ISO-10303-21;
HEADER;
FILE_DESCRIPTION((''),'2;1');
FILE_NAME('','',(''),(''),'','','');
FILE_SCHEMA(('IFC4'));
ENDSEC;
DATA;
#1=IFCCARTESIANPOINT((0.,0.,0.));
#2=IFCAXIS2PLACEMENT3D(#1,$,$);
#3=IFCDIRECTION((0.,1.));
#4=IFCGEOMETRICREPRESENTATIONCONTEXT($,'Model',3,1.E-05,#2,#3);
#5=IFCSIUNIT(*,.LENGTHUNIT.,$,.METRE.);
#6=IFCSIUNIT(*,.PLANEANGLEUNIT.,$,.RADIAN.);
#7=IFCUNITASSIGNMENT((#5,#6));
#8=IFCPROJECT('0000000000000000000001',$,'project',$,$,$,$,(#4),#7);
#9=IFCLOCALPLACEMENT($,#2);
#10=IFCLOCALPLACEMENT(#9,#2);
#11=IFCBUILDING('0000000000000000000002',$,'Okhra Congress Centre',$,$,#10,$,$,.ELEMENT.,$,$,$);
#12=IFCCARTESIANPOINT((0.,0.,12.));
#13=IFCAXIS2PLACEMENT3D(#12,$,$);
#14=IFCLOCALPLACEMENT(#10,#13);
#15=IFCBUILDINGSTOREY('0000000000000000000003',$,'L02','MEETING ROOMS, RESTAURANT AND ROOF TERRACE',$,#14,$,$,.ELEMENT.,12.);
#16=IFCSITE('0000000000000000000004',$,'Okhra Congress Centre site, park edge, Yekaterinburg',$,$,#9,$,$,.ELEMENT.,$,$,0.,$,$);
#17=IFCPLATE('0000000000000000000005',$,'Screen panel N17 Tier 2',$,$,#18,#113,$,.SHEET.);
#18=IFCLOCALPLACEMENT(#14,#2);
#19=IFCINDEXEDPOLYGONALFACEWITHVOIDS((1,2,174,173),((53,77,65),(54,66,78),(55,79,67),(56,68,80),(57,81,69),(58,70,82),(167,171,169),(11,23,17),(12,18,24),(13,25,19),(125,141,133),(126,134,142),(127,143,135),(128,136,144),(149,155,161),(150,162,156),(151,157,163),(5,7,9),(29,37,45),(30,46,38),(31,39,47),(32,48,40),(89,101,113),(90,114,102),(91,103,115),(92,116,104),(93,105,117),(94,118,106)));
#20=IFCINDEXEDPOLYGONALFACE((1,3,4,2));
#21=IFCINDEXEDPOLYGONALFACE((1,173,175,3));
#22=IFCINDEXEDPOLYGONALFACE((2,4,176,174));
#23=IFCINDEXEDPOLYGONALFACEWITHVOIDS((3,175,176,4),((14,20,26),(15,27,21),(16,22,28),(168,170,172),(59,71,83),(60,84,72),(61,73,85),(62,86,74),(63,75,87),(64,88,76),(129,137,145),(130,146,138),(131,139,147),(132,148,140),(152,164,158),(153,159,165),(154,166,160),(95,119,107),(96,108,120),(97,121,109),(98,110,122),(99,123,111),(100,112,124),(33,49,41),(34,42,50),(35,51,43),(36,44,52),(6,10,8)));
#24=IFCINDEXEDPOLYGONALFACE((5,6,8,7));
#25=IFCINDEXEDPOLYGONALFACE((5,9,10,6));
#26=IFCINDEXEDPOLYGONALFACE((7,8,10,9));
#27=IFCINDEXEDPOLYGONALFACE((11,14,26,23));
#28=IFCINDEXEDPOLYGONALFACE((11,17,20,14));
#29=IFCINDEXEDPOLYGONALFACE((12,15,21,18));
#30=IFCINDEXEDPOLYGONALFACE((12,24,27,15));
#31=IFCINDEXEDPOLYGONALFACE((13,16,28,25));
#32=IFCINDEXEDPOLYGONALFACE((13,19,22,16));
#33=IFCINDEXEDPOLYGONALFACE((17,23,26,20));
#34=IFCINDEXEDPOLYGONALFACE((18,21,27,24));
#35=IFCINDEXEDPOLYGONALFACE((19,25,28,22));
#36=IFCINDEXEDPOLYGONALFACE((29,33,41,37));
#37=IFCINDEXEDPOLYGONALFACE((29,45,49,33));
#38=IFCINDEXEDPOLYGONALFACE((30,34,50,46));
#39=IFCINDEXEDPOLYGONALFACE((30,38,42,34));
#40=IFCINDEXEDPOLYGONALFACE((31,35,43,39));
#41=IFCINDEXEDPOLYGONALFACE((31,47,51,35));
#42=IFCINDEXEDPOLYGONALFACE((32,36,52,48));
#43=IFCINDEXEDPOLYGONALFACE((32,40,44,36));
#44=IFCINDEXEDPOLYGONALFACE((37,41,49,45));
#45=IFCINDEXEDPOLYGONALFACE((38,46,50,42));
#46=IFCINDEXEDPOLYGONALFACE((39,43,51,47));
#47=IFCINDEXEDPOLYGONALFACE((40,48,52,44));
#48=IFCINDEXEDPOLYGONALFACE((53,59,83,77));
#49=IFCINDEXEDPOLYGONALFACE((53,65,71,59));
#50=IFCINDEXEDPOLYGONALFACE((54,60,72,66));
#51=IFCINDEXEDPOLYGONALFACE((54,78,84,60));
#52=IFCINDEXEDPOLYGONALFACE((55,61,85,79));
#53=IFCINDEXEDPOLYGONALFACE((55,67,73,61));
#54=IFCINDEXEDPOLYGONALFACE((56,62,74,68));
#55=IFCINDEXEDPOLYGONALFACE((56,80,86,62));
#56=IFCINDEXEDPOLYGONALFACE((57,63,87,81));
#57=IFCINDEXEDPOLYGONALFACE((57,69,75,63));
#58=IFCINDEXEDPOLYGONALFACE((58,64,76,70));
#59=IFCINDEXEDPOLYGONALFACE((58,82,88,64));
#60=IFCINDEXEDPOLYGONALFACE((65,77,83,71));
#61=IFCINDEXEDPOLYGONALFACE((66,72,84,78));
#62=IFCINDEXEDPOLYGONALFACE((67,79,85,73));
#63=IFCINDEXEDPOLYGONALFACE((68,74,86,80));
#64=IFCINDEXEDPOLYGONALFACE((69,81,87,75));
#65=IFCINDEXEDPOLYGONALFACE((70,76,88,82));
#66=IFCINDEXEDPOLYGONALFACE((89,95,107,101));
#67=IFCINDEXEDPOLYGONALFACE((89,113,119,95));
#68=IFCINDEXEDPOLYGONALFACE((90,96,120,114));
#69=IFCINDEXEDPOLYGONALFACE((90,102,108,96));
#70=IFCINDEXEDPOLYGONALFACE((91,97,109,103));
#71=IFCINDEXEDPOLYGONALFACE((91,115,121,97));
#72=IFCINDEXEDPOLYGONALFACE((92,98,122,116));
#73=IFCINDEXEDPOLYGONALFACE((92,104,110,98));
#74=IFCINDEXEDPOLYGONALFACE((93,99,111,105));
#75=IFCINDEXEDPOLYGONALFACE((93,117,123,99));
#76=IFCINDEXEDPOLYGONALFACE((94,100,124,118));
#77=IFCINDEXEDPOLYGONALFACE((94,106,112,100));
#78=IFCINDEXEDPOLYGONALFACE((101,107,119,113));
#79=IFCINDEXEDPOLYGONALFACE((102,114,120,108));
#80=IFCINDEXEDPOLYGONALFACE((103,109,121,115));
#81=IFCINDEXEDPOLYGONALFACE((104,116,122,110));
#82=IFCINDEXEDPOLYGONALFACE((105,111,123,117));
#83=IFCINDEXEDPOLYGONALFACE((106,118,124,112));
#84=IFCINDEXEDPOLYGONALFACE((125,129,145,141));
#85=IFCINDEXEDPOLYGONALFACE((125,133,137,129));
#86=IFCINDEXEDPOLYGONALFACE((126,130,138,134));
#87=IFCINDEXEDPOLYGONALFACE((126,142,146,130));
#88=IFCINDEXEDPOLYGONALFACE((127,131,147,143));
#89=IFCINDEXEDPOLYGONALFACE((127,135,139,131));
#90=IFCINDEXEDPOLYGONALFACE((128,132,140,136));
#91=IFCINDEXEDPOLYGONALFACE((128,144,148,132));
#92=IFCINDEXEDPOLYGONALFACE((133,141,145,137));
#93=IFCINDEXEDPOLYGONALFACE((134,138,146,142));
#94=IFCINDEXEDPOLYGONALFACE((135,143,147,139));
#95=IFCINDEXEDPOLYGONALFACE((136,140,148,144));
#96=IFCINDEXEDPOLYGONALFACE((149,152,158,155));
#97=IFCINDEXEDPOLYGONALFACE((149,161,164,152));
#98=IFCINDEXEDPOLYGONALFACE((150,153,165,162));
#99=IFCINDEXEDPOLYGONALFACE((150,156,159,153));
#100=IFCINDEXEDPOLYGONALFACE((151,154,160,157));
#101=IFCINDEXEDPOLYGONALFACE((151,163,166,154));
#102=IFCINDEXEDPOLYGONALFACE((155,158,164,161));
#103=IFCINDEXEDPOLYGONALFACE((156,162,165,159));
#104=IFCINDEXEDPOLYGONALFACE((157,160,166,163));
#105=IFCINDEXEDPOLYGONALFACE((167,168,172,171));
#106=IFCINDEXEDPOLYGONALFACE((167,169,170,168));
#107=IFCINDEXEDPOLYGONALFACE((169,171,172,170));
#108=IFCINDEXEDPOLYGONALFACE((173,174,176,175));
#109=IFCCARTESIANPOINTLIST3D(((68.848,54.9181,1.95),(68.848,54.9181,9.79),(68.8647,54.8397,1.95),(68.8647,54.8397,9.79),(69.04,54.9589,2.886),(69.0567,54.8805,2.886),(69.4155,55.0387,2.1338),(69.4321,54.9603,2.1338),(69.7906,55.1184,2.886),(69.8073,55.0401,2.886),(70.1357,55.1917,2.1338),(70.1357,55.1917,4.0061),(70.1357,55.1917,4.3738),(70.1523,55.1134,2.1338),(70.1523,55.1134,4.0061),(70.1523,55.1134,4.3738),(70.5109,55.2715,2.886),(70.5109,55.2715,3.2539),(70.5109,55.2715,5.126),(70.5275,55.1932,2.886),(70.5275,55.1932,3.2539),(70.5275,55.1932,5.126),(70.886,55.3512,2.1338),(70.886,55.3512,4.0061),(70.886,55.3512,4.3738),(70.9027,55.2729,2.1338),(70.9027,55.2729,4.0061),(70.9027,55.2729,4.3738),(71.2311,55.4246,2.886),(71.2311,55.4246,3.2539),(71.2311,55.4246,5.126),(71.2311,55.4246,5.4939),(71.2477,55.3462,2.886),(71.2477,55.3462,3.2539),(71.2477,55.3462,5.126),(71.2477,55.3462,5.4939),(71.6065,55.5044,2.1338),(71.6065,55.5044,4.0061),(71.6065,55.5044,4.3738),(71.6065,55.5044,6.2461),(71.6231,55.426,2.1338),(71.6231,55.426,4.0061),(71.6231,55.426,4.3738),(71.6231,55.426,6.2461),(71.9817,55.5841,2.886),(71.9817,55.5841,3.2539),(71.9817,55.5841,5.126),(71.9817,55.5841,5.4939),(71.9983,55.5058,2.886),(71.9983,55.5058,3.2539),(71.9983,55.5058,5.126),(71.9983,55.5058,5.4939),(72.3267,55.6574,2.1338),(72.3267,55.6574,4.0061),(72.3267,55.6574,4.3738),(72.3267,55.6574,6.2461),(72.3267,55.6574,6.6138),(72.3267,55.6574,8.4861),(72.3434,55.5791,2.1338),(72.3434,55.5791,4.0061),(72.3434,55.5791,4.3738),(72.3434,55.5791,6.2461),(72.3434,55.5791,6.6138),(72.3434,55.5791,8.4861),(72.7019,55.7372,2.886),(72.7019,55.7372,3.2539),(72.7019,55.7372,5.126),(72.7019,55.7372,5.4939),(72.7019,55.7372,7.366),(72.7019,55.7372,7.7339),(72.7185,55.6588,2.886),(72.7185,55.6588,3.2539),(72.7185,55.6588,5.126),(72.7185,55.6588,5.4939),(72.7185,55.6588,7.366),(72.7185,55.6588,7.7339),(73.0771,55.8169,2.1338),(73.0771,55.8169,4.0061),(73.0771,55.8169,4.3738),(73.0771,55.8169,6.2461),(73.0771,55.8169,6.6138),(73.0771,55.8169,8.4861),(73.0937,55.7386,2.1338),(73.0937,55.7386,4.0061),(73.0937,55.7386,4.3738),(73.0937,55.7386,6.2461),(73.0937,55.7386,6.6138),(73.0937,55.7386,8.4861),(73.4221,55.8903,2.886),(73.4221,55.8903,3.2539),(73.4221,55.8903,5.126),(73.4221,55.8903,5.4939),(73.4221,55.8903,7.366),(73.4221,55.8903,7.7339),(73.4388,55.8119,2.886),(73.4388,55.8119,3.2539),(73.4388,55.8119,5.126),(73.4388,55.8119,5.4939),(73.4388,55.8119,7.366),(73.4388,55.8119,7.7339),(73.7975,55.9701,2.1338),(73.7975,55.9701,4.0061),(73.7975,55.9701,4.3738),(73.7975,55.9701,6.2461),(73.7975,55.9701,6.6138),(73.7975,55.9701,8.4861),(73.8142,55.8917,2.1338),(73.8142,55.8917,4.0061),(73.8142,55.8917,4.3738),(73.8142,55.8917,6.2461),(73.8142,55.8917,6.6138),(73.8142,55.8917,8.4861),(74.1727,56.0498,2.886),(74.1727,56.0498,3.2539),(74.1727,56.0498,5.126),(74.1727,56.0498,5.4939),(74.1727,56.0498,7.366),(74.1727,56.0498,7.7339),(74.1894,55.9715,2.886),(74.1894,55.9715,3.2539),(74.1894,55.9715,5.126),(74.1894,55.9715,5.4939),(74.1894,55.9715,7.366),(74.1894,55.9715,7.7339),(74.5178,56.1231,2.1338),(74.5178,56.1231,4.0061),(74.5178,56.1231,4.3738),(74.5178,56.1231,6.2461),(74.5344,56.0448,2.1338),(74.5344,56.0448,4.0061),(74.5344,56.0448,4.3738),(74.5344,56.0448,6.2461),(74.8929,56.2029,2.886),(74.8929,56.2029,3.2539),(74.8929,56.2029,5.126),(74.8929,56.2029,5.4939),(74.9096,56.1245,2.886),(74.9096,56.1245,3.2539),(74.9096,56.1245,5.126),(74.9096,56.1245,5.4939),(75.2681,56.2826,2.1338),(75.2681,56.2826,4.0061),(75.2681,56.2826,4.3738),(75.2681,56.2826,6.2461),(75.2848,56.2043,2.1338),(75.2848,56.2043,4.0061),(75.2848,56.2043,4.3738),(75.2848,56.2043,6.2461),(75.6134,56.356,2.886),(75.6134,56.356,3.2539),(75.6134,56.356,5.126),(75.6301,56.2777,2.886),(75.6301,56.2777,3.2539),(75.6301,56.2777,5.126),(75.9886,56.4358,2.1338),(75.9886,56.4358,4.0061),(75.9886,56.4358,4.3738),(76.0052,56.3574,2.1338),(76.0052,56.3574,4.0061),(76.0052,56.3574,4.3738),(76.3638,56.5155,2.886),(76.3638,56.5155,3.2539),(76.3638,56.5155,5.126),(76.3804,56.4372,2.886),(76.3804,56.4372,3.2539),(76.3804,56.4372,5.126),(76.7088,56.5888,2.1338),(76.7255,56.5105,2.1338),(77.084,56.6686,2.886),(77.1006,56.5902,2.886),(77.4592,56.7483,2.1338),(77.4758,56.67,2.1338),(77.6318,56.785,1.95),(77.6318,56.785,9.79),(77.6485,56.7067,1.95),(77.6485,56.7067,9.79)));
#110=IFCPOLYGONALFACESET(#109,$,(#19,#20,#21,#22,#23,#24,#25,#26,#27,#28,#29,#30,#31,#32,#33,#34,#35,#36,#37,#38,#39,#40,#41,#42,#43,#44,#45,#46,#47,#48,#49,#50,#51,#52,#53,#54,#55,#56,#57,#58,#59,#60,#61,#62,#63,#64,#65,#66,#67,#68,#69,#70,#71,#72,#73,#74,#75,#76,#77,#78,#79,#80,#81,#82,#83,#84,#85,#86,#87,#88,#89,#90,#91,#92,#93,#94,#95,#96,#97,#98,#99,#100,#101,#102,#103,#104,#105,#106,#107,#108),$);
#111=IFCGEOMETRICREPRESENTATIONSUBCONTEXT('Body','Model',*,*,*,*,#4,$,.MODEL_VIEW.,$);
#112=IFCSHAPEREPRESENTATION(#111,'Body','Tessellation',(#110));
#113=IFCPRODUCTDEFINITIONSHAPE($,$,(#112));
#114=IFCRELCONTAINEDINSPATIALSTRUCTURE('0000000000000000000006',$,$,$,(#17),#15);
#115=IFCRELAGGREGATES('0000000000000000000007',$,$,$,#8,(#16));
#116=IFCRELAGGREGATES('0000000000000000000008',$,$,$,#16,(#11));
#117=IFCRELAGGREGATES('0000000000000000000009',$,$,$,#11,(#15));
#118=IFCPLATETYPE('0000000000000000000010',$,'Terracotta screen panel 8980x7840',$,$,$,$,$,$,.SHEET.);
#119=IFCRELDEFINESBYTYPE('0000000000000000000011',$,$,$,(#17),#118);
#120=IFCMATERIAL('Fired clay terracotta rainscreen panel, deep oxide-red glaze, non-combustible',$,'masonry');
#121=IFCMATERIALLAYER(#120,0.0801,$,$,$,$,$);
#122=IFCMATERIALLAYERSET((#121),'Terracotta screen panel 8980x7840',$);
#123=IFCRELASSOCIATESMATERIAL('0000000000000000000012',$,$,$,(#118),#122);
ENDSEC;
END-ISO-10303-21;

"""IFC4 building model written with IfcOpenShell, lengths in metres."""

from ifc_helpers import new_model, si_unit, direction, frame, origin, place, context, subcontext, project, spatial, polyline, outline, extrude, material, layer, layer_set, type_object, element, save


model = new_model("IFC4")

# Units and contexts
model_context = context("Model", 3, precision=1e-05, world=origin(), true_north=direction((0.0, 1.0)))
body_context = subcontext(model_context, "Body", "Model", "MODEL_VIEW")
ifc_project = project(units=[si_unit("LENGTHUNIT", "METRE"), si_unit("PLANEANGLEUNIT", "RADIAN")], contexts=[model_context])

# Site, building, storey
site_placement = place(None, origin())
site = spatial("IfcSite", under=ifc_project, at=site_placement, Name="Okhra Congress Centre site, park edge, Yekaterinburg", CompositionType="ELEMENT", RefElevation=0.0)
building_placement = place(site_placement, origin())
building = spatial("IfcBuilding", under=site, at=building_placement, Name="Okhra Congress Centre", CompositionType="ELEMENT")
storey_placement = place(building_placement, frame((0.0, 0.0, 12.0)))
storey = spatial("IfcBuildingStorey", under=building, at=storey_placement, Name="L02", Description="MEETING ROOMS, RESTAURANT AND ROOF TERRACE", CompositionType="ELEMENT", Elevation=12.0)

# Plate
ifc_material_1 = material(Name="Fired clay terracotta rainscreen panel, deep oxide-red glaze, non-combustible", Category="masonry")
ifc_layer_1 = layer(ifc_material_1, 0.0801)
ifc_layer_set_1 = layer_set([ifc_layer_1], Name="Terracotta screen panel 8980x7840")
plate_type = type_object("IfcPlateType", Name="Terracotta screen panel 8980x7840", PredefinedType="SHEET", material=ifc_layer_set_1)
plate_1_placement = place(storey_placement, frame((77.6401, 56.7458, 1.95), z_axis=(0.0, 0.0, 1.0), x_axis=(-0.97815, -0.207902, 0.0)))
element("IfcPlate", 1, at=plate_1_placement, inside=storey, type_object=plate_type, Name="Screen panel N17 Tier 2", PredefinedType="SHEET", context=body_context, shape_type="SweptSolid", body=[
    extrude(outline(polyline([(0.0, 0.0), (8.98, 0.0), (8.98, 7.8401), (0.0, 7.8401), (0.0, 0.0)]), holes=[polyline([(0.1765, 0.1838), (0.9436, 0.1838), (0.5601, 0.936), (0.1765, 0.1838)]), polyline([(1.2964, 0.936), (1.6799, 0.1838), (2.0635, 0.936), (1.2964, 0.936)]), polyline([(2.4165, 0.1838), (3.1836, 0.1838), (2.8, 0.936), (2.4165, 0.1838)]), polyline([(3.5364, 0.936), (3.9199, 0.1838), (4.3037, 0.936), (3.5364, 0.936)]), polyline([(4.6565, 0.1838), (5.4236, 0.1838), (5.04, 0.936), (4.6565, 0.1838)]), polyline([(5.7764, 0.936), (6.1599, 0.1838), (6.5437, 0.936), (5.7764, 0.936)]), polyline([(6.8965, 0.1838), (7.6636, 0.1838), (7.28, 0.936), (6.8965, 0.1838)]), polyline([(8.0164, 0.936), (8.3999, 0.1838), (8.7837, 0.936), (8.0164, 0.936)]), polyline([(1.2964, 1.304), (2.0635, 1.304), (1.6799, 2.0562), (1.2964, 1.304)]), polyline([(2.4165, 2.0562), (2.8, 1.304), (3.1836, 2.0562), (2.4165, 2.0562)]), polyline([(3.5364, 1.304), (4.3037, 1.304), (3.9199, 2.0562), (3.5364, 1.304)]), polyline([(4.6565, 2.0562), (5.04, 1.304), (5.4236, 2.0562), (4.6565, 2.0562)]), polyline([(5.7764, 1.304), (6.5437, 1.304), (6.1599, 2.0562), (5.7764, 1.304)]), polyline([(6.8965, 2.0562), (7.28, 1.304), (7.6636, 2.0562), (6.8965, 2.0562)]), polyline([(1.2964, 3.176), (1.6799, 2.4238), (2.0635, 3.176), (1.2964, 3.176)]), polyline([(2.4165, 2.4238), (3.1836, 2.4238), (2.8, 3.176), (2.4165, 2.4238)]), polyline([(3.5364, 3.176), (3.9199, 2.4238), (4.3037, 3.176), (3.5364, 3.176)]), polyline([(4.6565, 2.4238), (5.4236, 2.4238), (5.04, 3.176), (4.6565, 2.4238)]), polyline([(5.7764, 3.176), (6.1599, 2.4238), (6.5437, 3.176), (5.7764, 3.176)]), polyline([(6.8965, 2.4238), (7.6636, 2.4238), (7.28, 3.176), (6.8965, 2.4238)]), polyline([(2.4165, 4.2961), (2.8, 3.5439), (3.1836, 4.2961), (2.4165, 4.2961)]), polyline([(3.5364, 3.5439), (4.3037, 3.5439), (3.9199, 4.2961), (3.5364, 3.5439)]), polyline([(4.6565, 4.2961), (5.04, 3.5439), (5.4236, 4.2961), (4.6565, 4.2961)]), polyline([(5.7764, 3.5439), (6.5437, 3.5439), (6.1599, 4.2961), (5.7764, 3.5439)]), polyline([(3.5364, 5.416), (3.9199, 4.6638), (4.3037, 5.416), (3.5364, 5.416)]), polyline([(4.6565, 4.6638), (5.4236, 4.6638), (5.04, 5.416), (4.6565, 4.6638)]), polyline([(3.5364, 5.7839), (4.3037, 5.7839), (3.9199, 6.5361), (3.5364, 5.7839)]), polyline([(4.6565, 6.5361), (5.04, 5.7839), (5.4236, 6.5361), (4.6565, 6.5361)])]), frame((0.0, 0.04, 0.0), z_axis=(0.0, -1.0, 0.0), x_axis=(1.0, 0.0, 0.0)), (0.0, 0.0, 1.0), 0.0801),
])

save(model, "model.ifc")
